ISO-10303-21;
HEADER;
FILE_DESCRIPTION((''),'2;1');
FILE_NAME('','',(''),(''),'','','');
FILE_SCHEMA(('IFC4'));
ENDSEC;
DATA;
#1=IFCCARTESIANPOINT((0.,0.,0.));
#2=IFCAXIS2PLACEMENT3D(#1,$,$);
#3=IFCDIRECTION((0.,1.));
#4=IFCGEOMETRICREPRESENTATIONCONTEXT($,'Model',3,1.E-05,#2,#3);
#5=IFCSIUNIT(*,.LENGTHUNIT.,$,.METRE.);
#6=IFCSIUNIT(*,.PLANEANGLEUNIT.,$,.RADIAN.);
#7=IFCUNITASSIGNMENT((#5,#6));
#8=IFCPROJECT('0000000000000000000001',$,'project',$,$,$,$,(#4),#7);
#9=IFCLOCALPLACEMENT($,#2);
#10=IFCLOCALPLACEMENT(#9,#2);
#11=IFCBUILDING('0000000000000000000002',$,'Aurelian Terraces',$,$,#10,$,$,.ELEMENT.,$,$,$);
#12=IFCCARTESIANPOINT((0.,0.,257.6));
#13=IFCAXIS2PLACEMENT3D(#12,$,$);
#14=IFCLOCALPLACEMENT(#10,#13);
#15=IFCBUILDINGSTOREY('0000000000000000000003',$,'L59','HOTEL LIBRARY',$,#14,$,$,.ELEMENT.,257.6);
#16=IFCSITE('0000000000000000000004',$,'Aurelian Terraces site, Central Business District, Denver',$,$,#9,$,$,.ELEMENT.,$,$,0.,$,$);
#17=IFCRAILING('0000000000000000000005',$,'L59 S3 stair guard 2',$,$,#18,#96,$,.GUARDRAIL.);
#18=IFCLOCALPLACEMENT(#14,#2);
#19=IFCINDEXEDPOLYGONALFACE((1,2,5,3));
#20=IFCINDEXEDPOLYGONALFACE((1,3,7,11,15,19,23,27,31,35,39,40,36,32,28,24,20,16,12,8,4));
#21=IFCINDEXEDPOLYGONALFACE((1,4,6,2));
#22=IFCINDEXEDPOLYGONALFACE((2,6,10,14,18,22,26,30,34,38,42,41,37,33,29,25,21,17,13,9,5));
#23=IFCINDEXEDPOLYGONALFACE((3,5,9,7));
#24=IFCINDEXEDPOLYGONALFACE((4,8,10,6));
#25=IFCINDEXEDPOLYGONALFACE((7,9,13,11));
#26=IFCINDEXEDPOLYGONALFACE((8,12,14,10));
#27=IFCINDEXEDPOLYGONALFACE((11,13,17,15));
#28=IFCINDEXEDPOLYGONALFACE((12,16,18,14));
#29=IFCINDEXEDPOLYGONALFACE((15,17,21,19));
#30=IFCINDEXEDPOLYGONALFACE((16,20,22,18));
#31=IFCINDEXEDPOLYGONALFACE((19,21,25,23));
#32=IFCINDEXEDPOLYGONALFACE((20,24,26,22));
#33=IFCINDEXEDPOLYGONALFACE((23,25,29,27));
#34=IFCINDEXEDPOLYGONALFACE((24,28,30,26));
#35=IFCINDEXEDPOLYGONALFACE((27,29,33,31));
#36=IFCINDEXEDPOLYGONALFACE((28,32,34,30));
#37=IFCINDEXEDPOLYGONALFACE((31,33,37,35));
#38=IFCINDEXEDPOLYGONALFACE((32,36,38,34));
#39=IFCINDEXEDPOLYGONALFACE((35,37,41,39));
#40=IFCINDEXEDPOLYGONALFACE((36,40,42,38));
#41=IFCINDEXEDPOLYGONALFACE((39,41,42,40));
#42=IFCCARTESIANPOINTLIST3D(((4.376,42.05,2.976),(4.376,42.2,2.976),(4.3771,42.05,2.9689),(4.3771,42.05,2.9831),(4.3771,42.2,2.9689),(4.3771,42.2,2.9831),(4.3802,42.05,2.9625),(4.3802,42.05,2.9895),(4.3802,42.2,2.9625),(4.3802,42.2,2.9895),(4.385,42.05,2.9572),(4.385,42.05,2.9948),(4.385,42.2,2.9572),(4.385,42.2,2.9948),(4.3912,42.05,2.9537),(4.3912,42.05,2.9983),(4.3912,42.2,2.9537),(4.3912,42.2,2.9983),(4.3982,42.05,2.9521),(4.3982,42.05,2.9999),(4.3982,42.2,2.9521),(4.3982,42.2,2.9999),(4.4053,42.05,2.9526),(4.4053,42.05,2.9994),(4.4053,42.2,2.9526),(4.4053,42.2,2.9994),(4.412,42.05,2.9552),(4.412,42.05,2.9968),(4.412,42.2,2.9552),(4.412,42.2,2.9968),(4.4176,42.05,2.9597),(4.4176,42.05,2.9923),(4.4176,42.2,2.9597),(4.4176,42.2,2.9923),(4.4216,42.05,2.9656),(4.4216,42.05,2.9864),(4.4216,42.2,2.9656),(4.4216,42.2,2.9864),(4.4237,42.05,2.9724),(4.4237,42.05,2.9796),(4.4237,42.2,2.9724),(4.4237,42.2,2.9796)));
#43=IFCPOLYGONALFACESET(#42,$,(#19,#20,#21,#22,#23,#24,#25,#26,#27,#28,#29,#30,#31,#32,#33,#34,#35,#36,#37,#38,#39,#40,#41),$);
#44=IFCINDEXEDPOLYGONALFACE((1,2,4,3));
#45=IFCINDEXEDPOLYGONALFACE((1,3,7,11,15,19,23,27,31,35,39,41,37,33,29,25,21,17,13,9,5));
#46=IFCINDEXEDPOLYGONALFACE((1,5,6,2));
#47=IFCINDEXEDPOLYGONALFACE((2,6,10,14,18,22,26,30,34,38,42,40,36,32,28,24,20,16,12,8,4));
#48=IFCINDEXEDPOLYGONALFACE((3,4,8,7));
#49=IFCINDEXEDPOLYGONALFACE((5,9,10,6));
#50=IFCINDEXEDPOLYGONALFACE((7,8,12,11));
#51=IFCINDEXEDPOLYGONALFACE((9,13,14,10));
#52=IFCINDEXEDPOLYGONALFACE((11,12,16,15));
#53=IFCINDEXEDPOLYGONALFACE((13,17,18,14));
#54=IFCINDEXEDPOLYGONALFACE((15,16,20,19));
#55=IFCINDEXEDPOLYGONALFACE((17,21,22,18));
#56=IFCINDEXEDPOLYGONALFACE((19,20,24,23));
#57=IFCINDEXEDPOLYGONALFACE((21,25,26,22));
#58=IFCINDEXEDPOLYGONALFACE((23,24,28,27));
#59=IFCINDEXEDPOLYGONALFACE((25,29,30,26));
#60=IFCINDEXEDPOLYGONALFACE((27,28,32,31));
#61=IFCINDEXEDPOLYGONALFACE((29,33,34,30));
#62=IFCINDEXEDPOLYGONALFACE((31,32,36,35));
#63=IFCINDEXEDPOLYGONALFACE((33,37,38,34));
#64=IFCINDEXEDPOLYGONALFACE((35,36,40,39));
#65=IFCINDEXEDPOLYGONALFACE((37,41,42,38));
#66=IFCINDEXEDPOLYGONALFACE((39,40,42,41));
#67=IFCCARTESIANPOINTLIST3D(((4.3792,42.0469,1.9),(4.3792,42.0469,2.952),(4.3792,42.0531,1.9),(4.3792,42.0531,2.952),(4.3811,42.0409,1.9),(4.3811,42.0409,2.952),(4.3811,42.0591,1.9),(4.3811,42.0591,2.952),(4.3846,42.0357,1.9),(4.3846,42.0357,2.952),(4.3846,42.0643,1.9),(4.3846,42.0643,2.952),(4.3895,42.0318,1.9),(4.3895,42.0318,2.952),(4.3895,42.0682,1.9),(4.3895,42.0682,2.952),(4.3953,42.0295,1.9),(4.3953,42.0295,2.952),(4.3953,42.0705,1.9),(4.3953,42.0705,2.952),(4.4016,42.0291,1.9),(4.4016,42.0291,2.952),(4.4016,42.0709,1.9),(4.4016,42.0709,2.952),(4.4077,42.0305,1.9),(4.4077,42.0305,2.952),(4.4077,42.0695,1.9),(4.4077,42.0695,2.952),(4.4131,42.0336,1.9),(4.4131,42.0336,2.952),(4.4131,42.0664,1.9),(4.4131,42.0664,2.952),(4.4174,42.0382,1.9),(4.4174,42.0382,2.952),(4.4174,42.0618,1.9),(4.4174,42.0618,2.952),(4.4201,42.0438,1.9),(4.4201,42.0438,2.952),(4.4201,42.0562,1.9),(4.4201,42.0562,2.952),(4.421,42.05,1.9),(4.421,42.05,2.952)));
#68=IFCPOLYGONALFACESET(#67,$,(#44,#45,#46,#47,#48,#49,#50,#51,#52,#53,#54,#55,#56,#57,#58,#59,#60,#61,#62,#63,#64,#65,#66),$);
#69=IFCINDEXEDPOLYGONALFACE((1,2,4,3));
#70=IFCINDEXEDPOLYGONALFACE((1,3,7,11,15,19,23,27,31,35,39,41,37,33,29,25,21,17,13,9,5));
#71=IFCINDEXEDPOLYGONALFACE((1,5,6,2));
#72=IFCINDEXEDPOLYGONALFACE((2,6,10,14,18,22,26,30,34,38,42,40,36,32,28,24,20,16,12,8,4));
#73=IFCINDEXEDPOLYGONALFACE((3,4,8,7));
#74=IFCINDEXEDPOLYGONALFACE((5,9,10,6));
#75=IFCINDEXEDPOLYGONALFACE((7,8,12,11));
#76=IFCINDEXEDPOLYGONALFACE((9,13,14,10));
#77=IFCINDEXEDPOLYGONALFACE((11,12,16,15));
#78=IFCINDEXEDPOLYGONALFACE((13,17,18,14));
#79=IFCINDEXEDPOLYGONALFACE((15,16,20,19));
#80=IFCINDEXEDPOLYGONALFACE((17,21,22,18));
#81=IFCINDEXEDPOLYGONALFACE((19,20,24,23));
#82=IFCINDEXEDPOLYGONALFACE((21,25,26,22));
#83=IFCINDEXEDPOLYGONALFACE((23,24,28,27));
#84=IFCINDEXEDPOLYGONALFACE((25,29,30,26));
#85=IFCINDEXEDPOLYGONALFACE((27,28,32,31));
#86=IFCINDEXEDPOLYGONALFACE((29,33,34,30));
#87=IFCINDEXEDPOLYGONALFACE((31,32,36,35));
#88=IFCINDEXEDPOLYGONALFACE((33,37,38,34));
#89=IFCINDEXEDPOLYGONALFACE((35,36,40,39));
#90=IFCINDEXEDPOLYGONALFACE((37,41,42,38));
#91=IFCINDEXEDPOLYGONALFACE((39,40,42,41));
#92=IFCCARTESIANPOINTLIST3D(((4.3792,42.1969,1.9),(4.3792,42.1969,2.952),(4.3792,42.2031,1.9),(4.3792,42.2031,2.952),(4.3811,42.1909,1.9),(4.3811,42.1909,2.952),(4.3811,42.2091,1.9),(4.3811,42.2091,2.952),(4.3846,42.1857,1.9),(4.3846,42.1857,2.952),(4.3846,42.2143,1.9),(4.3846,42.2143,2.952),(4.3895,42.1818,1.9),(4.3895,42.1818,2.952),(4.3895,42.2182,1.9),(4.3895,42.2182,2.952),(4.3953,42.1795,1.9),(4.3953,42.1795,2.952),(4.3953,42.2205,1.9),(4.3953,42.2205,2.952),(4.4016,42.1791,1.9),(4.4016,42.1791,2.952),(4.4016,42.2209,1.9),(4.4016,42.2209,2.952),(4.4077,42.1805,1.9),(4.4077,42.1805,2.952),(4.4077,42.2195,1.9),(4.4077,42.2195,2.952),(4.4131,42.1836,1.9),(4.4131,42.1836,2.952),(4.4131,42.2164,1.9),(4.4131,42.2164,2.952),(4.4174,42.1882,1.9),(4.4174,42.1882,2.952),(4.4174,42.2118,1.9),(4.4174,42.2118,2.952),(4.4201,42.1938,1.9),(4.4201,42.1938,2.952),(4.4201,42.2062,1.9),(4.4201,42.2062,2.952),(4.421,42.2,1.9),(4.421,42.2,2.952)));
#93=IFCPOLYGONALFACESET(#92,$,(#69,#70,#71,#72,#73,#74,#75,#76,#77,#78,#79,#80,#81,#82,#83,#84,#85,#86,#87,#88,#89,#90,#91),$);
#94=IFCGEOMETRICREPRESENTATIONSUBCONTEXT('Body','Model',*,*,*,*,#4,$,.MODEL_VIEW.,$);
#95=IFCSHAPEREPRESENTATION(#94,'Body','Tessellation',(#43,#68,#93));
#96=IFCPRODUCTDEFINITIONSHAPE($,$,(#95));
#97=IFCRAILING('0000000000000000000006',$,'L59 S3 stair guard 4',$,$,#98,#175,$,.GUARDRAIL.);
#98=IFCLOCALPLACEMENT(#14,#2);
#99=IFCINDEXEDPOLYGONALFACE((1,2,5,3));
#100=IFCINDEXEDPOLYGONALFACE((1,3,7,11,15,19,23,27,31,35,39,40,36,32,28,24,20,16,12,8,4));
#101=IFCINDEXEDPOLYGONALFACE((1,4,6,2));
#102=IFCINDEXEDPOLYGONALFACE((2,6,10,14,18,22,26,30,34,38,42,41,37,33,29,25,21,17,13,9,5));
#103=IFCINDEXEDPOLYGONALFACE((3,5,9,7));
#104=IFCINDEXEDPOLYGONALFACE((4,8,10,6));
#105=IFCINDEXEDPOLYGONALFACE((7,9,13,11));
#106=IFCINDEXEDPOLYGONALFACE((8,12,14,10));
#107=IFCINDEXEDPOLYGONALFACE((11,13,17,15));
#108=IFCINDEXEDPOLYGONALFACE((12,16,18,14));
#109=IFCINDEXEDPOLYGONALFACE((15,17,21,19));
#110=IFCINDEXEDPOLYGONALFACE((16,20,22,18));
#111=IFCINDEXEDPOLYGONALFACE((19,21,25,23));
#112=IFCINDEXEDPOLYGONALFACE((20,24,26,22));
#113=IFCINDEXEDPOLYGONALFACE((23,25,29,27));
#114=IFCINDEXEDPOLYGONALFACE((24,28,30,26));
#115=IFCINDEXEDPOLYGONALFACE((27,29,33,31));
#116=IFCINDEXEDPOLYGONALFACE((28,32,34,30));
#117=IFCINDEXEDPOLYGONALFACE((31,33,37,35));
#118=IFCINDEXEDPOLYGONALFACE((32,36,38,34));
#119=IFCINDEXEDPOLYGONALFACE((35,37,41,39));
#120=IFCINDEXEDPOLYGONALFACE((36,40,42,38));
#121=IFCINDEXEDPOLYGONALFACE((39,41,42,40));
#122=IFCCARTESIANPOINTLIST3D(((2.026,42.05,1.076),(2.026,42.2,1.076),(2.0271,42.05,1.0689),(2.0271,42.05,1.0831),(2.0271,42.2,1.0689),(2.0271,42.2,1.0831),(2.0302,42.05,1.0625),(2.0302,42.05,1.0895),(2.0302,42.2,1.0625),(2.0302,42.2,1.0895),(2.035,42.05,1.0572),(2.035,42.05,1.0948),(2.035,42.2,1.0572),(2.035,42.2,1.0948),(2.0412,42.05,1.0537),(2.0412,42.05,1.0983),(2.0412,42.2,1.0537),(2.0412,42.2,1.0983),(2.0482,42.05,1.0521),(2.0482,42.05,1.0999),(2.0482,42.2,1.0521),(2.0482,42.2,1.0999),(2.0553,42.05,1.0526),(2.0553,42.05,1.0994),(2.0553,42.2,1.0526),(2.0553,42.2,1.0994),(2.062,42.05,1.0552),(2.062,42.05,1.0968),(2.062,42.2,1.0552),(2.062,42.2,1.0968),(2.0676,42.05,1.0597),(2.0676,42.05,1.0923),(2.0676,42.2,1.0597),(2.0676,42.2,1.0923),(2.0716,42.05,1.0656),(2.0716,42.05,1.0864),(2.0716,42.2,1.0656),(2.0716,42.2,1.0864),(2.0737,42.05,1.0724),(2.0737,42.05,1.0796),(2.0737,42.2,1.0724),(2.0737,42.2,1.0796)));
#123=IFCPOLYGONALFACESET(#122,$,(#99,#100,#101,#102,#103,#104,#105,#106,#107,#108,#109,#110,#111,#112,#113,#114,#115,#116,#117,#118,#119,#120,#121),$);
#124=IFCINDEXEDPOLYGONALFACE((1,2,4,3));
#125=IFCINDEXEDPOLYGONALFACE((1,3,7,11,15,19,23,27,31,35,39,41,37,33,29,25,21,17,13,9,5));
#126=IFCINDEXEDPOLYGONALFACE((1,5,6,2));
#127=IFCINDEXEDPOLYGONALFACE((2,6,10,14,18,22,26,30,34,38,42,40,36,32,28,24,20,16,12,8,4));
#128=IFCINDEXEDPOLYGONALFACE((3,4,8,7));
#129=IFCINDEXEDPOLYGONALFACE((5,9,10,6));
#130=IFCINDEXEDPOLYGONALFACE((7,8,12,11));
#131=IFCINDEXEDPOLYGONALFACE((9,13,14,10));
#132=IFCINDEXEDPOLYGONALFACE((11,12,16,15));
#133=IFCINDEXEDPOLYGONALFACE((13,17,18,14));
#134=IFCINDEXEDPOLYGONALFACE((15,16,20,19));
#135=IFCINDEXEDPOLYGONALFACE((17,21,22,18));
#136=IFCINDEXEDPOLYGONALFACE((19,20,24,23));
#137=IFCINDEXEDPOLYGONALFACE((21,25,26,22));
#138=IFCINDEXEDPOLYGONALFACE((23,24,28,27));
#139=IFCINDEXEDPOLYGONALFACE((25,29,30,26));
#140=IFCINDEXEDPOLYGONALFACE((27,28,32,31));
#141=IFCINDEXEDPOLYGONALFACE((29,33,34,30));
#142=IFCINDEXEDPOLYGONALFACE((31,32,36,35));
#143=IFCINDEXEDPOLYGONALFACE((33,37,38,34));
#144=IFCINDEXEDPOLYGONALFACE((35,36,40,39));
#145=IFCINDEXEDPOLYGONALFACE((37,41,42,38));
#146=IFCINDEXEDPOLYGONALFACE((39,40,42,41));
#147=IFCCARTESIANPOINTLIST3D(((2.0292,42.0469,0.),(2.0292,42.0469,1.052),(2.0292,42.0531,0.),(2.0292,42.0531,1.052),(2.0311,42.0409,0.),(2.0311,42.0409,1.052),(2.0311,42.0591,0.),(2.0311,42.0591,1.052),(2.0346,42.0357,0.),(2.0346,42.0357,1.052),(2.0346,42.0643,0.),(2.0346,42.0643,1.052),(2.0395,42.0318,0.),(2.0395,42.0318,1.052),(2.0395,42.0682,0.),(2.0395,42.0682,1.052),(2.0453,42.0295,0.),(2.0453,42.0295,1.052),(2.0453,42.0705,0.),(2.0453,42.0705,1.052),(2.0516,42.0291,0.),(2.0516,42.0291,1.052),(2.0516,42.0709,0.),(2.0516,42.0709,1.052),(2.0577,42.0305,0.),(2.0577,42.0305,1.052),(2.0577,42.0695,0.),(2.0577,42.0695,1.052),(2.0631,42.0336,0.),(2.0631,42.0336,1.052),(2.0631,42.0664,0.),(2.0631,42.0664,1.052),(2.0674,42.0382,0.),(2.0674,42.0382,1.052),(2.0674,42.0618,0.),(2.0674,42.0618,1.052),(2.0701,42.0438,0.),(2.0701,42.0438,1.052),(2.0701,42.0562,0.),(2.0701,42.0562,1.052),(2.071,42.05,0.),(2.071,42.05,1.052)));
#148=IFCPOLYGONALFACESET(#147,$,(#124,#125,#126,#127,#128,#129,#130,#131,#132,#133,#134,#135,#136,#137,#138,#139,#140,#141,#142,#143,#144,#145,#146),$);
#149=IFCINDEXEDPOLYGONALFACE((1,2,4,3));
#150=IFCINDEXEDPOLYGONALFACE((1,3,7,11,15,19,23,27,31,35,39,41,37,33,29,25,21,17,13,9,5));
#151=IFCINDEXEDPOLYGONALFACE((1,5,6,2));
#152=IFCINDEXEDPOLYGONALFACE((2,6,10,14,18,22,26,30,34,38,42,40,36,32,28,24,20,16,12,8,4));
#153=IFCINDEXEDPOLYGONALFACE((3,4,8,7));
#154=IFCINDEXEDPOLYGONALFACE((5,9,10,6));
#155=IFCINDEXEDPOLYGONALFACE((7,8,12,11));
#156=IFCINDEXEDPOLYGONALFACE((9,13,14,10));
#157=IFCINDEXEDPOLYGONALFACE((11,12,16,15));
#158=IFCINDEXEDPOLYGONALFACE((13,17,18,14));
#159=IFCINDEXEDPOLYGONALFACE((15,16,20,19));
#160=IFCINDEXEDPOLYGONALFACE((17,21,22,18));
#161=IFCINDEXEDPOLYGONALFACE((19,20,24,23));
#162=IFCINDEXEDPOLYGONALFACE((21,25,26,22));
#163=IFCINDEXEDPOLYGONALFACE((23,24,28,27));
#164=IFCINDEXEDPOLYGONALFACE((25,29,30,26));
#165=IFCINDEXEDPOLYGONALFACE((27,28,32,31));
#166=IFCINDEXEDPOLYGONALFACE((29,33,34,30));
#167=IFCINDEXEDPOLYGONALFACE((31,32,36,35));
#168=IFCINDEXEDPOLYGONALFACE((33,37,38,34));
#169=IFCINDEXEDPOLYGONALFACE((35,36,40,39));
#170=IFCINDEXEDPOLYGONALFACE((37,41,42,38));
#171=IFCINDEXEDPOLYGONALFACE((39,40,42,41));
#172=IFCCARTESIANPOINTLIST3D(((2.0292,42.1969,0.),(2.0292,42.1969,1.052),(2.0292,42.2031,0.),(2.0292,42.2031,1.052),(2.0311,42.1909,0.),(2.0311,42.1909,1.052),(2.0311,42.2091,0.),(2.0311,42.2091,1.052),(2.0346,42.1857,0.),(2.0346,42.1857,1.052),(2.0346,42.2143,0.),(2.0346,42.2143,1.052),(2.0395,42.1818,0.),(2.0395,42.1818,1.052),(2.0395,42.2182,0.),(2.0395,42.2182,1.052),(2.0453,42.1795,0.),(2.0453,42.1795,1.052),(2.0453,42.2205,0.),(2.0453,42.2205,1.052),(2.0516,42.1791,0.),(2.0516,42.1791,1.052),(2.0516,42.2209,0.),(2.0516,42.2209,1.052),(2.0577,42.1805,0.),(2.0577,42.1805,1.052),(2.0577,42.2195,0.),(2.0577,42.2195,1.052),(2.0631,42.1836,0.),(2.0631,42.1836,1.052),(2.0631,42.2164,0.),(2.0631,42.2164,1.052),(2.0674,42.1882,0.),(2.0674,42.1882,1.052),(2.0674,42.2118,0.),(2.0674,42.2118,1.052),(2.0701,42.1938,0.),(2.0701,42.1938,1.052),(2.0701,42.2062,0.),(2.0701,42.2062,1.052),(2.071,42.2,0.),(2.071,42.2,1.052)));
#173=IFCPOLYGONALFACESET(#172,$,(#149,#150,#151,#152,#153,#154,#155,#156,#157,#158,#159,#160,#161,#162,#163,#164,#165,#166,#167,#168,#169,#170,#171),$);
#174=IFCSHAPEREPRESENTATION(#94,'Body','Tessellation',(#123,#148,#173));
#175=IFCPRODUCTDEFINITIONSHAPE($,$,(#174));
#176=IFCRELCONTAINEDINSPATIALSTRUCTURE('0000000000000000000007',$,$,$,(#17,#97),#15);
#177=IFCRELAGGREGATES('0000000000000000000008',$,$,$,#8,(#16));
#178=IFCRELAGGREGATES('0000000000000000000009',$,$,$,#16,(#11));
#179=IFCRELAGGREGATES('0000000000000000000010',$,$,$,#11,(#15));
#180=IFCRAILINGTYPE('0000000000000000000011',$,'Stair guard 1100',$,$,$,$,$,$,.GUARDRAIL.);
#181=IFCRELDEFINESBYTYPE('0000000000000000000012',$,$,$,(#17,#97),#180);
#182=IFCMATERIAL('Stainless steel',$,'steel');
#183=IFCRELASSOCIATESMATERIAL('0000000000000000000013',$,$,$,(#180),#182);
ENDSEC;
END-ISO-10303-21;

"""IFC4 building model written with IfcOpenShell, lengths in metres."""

from ifc_helpers import new_model, si_unit, direction, frame, origin, origin_2d, place, context, subcontext, project, spatial, circle, extrude, source, transform, mapped, material, type_object, element, save


model = new_model("IFC4")

# Units and contexts
model_context = context("Model", 3, precision=1e-05, world=origin(), true_north=direction((0.0, 1.0)))
body_context = subcontext(model_context, "Body", "Model", "MODEL_VIEW")
ifc_project = project(units=[si_unit("LENGTHUNIT", "METRE"), si_unit("PLANEANGLEUNIT", "RADIAN")], contexts=[model_context])

# Site, building, storey
site_placement = place(None, origin())
site = spatial("IfcSite", under=ifc_project, at=site_placement, Name="Aurelian Terraces site, Central Business District, Denver", CompositionType="ELEMENT", RefElevation=0.0)
building_placement = place(site_placement, origin())
building = spatial("IfcBuilding", under=site, at=building_placement, Name="Aurelian Terraces", CompositionType="ELEMENT")
storey_placement = place(building_placement, frame((0.0, 0.0, 257.6)))
storey = spatial("IfcBuildingStorey", under=building, at=storey_placement, Name="L59", Description="HOTEL LIBRARY", CompositionType="ELEMENT", Elevation=257.6)

# Railings
ifc_material_1 = material(Name="Stainless steel", Category="steel")
railing_type_1 = type_object("IfcRailingType", Name="Stair guard 1100", PredefinedType="GUARDRAIL", material=ifc_material_1)
shared_shape_1 = source(origin(), body_context, "Body", "SweptSolid", [
    extrude(circle(Radius=0.024, at=origin_2d()), frame((0.0, 0.0, 1.076), z_axis=(0.0, 1.0, 0.0), x_axis=(-1.0, 0.0, 0.0)), (0.0, 0.0, 1.0), 0.15),
    extrude(circle(Radius=0.021, at=origin_2d()), origin(), (0.0, 0.0, 1.0), 1.052),
    extrude(circle(Radius=0.021, at=origin_2d()), frame((0.0, 0.15, 0.0)), (0.0, 0.0, 1.0), 1.052),
])
for number, where, name in (
    (1, (4.4, 42.05, 1.9), "L59 S3 stair guard 2"),
    (2, (2.05, 42.05, 0.0), "L59 S3 stair guard 4"),
):
    element("IfcRailing", number, at=place(storey_placement, frame(where)), inside=storey, type_object=railing_type_1, Name=name, PredefinedType="GUARDRAIL", context=body_context, shape_type="MappedRepresentation", body=[
        mapped(shared_shape_1, transform((0.0, 0.0, 0.0), scale=1.0)),
    ])

save(model, "model.ifc")
